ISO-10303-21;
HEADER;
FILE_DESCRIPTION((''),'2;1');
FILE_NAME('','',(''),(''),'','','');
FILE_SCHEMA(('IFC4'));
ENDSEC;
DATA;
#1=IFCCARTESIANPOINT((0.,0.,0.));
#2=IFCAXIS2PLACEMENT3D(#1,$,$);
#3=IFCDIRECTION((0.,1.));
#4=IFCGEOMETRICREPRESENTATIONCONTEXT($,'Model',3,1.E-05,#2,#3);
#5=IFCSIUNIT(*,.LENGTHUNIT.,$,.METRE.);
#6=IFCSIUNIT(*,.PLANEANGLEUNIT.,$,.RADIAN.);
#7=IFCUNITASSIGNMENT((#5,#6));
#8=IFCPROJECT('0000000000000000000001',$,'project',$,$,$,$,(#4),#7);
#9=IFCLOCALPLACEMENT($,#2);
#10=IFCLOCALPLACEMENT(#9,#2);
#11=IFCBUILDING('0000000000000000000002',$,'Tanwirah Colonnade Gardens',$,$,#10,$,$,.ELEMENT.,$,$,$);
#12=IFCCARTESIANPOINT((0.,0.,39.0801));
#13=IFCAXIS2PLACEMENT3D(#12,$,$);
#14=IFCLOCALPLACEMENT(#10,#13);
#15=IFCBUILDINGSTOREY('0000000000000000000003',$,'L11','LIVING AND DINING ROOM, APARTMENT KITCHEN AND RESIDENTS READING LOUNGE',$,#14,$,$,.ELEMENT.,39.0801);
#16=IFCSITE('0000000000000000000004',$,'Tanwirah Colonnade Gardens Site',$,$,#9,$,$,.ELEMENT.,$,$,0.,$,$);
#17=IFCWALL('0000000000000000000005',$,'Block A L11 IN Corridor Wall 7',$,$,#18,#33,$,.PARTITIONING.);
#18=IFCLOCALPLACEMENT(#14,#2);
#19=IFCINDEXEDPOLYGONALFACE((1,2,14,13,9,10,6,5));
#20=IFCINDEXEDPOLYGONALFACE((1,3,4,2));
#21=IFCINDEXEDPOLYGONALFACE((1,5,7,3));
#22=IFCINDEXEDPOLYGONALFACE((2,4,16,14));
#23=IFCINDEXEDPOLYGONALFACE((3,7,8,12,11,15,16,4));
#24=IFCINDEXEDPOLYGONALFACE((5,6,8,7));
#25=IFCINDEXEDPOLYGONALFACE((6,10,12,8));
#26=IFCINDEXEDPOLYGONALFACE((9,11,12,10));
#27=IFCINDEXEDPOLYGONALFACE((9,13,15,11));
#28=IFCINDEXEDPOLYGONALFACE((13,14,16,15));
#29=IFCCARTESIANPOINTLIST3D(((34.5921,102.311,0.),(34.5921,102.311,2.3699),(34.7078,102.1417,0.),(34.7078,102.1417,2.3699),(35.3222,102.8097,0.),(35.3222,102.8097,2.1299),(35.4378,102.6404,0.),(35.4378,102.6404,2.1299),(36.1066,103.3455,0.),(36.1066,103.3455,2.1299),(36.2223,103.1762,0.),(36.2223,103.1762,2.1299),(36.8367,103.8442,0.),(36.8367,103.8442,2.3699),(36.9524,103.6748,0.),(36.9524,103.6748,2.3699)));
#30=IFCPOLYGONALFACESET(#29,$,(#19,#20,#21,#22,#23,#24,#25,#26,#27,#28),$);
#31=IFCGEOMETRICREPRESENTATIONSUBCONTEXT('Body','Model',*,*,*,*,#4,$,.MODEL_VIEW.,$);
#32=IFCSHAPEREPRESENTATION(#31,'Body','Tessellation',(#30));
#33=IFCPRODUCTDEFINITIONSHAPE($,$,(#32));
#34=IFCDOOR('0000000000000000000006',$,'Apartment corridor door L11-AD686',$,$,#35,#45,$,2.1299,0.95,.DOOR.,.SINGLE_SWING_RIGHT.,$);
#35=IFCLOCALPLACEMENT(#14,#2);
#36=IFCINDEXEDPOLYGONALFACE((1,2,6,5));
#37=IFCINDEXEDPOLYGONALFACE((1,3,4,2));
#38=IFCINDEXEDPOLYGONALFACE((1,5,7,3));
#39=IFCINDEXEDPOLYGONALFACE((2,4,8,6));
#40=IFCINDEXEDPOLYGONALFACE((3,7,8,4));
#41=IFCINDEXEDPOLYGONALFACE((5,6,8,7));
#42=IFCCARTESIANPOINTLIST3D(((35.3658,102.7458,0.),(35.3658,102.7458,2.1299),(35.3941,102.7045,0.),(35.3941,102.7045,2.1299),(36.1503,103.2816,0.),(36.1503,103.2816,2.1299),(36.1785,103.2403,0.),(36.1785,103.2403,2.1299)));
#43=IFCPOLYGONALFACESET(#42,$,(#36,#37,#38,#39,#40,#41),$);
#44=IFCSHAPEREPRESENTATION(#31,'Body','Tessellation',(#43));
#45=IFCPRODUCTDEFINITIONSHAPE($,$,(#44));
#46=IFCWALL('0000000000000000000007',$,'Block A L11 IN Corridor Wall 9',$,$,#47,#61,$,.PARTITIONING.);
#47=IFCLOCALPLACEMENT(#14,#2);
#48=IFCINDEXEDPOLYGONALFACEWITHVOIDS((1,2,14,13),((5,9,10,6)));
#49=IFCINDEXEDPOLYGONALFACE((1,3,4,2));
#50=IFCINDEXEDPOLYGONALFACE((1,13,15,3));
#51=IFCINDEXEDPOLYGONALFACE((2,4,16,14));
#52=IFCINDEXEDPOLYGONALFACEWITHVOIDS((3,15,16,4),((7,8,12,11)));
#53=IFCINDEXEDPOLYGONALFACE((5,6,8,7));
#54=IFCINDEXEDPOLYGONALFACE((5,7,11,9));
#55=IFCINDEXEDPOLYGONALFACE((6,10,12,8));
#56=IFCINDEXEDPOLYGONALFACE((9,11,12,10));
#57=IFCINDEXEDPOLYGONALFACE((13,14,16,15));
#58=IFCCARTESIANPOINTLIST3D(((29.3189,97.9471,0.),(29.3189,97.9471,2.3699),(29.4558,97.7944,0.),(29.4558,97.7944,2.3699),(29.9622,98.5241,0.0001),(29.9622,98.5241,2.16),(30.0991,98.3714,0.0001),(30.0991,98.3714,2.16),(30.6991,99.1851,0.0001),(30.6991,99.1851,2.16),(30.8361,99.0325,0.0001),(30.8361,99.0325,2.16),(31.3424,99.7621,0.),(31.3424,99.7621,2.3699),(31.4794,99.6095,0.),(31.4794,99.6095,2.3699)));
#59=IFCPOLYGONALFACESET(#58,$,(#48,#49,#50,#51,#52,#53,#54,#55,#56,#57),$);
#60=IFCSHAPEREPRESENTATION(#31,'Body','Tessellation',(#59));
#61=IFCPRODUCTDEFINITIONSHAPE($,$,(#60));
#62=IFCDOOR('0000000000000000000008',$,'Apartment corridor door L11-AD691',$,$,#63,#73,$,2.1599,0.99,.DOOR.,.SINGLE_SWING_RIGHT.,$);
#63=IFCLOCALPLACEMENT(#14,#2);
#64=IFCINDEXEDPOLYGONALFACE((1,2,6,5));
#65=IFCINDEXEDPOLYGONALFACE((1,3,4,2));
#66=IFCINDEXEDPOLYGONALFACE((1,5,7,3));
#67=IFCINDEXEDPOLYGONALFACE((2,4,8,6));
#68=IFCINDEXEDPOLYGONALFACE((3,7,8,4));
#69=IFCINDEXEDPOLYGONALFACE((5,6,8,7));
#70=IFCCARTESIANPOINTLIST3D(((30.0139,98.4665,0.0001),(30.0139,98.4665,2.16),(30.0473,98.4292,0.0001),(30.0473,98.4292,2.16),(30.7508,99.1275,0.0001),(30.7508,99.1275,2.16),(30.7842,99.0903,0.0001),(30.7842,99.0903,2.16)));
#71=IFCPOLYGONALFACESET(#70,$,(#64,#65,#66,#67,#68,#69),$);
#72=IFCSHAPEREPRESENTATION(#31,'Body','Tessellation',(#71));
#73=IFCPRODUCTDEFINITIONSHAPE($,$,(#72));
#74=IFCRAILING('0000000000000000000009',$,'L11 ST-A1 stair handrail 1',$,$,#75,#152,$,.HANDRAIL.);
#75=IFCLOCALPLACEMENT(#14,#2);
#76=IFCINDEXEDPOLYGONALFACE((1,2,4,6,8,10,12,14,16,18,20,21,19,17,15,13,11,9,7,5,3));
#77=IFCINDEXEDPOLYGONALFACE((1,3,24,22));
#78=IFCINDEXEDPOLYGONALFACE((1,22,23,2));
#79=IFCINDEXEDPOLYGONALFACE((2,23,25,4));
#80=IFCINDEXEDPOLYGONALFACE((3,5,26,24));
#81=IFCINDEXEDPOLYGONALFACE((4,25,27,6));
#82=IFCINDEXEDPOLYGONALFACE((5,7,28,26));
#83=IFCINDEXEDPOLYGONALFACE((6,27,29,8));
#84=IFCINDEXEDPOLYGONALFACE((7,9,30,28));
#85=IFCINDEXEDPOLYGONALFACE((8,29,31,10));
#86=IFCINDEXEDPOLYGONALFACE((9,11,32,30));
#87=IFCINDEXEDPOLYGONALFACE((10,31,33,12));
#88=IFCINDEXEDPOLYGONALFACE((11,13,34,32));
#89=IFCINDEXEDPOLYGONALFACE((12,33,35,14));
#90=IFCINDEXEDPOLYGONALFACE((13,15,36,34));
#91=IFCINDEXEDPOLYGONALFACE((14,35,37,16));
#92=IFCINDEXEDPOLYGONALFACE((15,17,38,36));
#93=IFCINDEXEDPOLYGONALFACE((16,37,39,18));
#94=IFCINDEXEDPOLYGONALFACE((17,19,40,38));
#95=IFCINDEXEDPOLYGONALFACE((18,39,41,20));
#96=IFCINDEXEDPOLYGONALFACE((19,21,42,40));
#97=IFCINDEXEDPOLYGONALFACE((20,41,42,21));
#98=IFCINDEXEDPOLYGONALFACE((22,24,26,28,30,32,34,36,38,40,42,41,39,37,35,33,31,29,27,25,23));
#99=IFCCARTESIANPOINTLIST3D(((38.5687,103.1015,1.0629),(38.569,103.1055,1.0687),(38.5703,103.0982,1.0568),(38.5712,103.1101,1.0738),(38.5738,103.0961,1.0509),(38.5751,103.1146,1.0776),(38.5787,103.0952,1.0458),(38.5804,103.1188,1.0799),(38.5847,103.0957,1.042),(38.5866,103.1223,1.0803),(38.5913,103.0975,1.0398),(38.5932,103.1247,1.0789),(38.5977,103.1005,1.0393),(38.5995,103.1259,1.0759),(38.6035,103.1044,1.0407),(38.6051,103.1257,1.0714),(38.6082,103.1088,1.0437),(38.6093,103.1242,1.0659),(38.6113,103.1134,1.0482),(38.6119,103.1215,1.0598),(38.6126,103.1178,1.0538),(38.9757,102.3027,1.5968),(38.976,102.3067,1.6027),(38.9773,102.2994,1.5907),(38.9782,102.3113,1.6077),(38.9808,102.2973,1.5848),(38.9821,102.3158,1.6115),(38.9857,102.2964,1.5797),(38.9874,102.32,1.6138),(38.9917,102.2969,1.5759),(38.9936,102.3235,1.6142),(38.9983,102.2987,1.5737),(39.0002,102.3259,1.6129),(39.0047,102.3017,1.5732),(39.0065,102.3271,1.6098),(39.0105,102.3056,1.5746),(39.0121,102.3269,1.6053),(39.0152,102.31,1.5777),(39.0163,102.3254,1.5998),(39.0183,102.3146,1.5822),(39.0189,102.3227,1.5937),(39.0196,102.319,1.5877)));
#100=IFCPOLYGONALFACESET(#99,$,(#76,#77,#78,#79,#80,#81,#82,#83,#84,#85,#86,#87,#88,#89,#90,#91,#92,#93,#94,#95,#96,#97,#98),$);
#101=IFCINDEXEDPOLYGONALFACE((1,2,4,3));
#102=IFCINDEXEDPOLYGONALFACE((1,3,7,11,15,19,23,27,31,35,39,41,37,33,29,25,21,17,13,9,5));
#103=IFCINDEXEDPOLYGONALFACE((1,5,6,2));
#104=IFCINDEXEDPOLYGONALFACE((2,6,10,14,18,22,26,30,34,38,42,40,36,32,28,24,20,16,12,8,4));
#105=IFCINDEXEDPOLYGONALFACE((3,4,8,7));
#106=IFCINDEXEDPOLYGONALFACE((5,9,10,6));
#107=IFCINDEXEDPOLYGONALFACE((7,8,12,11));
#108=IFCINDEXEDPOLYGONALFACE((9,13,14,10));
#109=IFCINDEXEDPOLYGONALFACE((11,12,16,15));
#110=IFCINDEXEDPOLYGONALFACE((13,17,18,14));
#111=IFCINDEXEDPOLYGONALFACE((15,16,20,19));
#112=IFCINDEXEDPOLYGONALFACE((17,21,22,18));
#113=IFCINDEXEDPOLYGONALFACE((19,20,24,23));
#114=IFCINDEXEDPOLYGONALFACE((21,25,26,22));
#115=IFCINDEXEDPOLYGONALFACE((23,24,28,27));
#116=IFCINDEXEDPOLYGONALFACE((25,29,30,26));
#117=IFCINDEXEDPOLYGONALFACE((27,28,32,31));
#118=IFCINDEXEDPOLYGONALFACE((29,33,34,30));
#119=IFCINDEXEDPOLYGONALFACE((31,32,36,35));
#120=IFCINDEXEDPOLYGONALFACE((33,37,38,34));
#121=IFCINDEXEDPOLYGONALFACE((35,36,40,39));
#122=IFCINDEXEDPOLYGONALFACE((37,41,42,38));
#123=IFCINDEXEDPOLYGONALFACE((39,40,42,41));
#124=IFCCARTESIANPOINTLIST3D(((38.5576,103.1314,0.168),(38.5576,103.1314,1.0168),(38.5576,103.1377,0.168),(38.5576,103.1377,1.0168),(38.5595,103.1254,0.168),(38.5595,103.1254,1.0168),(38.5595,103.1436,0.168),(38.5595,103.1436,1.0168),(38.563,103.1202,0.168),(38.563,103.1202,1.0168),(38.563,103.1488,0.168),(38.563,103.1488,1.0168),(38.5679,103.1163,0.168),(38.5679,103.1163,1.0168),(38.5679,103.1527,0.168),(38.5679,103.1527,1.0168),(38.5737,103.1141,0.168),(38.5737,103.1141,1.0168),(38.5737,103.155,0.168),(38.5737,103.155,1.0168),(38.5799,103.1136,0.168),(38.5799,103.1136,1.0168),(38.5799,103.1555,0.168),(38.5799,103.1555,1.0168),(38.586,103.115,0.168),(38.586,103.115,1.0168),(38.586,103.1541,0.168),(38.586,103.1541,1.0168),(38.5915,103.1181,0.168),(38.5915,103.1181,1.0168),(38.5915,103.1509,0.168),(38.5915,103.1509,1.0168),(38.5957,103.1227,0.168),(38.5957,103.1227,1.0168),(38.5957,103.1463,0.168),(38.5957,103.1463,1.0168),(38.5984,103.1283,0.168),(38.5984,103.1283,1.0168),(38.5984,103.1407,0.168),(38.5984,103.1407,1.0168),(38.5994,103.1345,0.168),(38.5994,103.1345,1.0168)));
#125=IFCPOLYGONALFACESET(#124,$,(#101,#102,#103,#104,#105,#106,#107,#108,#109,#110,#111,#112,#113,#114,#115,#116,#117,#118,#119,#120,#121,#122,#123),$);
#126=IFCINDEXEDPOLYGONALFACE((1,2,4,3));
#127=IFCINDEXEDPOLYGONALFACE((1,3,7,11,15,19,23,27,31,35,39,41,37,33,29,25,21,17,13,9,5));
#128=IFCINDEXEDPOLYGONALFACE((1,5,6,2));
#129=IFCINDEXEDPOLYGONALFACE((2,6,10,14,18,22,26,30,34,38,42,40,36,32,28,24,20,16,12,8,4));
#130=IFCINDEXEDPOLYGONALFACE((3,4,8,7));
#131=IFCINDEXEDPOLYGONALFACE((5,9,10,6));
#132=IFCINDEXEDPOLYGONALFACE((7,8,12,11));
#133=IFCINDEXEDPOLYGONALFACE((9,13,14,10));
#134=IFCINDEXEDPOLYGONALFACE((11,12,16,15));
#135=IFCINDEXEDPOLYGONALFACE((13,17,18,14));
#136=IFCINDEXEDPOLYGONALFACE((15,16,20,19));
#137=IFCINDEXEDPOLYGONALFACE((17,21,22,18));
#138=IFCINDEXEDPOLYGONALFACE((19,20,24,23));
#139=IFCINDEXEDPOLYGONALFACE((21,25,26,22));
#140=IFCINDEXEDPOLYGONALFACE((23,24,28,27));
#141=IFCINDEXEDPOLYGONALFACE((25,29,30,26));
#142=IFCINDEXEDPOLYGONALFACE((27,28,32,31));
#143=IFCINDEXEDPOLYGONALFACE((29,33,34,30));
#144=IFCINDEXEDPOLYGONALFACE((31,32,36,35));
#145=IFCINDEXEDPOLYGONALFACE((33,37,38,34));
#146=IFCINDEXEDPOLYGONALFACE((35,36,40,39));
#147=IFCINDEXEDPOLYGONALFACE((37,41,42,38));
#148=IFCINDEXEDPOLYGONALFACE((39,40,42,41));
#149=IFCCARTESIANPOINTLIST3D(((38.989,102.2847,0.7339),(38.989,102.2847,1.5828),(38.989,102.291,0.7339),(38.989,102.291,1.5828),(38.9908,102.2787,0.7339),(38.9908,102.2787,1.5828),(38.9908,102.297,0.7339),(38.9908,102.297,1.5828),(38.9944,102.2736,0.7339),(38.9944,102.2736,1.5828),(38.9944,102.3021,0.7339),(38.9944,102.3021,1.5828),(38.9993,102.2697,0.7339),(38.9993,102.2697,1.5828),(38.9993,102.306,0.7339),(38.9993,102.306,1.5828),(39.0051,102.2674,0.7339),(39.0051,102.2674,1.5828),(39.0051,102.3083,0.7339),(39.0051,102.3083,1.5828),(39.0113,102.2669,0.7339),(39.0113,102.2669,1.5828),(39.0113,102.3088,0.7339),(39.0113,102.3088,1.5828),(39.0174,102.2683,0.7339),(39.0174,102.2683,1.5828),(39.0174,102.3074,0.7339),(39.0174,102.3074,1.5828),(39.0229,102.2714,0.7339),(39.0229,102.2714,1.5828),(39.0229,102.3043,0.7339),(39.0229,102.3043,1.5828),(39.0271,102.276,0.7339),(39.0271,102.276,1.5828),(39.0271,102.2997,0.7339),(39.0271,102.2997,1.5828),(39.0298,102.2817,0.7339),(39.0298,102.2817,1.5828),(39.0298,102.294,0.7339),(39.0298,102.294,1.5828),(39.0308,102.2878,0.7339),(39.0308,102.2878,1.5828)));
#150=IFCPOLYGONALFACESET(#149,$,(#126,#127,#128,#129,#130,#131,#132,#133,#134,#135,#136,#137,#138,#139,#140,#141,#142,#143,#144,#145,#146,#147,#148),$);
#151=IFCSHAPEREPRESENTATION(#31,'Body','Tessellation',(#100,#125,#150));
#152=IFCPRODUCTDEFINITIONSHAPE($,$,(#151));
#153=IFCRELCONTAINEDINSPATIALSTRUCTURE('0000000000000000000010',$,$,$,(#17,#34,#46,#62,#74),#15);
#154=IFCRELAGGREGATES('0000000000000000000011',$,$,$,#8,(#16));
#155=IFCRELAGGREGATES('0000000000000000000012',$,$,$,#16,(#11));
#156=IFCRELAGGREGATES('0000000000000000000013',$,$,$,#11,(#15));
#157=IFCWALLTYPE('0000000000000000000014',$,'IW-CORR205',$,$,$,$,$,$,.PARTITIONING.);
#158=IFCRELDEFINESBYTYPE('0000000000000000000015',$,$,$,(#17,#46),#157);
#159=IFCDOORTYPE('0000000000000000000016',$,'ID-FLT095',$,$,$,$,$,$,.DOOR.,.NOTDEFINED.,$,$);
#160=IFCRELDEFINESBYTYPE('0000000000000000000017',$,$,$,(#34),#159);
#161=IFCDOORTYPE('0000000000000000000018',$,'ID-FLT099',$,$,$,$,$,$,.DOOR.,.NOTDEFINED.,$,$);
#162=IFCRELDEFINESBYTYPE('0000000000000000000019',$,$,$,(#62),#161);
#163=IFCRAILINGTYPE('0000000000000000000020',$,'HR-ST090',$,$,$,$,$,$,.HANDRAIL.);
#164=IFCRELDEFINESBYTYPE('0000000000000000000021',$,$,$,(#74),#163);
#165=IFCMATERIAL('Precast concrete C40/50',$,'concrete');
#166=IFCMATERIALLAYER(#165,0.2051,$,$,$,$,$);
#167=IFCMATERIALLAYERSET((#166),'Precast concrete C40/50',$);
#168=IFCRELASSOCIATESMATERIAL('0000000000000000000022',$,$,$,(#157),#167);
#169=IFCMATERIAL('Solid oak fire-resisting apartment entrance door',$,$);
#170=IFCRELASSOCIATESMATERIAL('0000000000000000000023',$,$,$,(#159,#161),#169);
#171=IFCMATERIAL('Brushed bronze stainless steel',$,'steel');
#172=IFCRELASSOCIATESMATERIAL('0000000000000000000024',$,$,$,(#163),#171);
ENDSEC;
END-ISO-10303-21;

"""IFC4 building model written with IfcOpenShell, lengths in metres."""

from ifc_helpers import new_model, si_unit, direction, frame, frame_2d, origin, origin_2d, place, context, subcontext, project, spatial, rectangle, circle, extrude, material, layer, layer_set, type_object, element, fill, save


model = new_model("IFC4")

# Units and contexts
model_context = context("Model", 3, precision=1e-05, world=origin(), true_north=direction((0.0, 1.0)))
body_context = subcontext(model_context, "Body", "Model", "MODEL_VIEW")
ifc_project = project(units=[si_unit("LENGTHUNIT", "METRE"), si_unit("PLANEANGLEUNIT", "RADIAN")], contexts=[model_context])

# Site, building, storey
site_placement = place(None, origin())
site = spatial("IfcSite", under=ifc_project, at=site_placement, Name="Tanwirah Colonnade Gardens Site", CompositionType="ELEMENT", RefElevation=0.0)
building_placement = place(site_placement, origin())
building = spatial("IfcBuilding", under=site, at=building_placement, Name="Tanwirah Colonnade Gardens", CompositionType="ELEMENT")
storey_placement = place(building_placement, frame((0.0, 0.0, 39.0801)))
storey = spatial("IfcBuildingStorey", under=building, at=storey_placement, Name="L11", Description="LIVING AND DINING ROOM, APARTMENT KITCHEN AND RESIDENTS READING LOUNGE", CompositionType="ELEMENT", Elevation=39.0801)

# Shared definitions
ifc_material_1 = material(Name="Precast concrete C40/50", Category="concrete")

# Walls, openings, doors
ifc_layer = layer(ifc_material_1, 0.2051)
ifc_layer_set = layer_set([ifc_layer], Name="Precast concrete C40/50")
wall_type = type_object("IfcWallType", Name="IW-CORR205", PredefinedType="PARTITIONING", material=ifc_layer_set)
wall_1_placement = place(storey_placement, frame((36.8945, 103.7595, 0.0), z_axis=(0.0, 0.0, 1.0), x_axis=(-0.825752, -0.564033, 0.0)))
wall_1 = element("IfcWall", 1, at=wall_1_placement, inside=storey, type_object=wall_type, Name="Block A L11 IN Corridor Wall 7", PredefinedType="PARTITIONING", context=body_context, shape_type="SweptSolid", body=[
    extrude(rectangle(XDim=2.7183, YDim=0.2051, at=frame_2d((1.3591, 0.0))), origin(), (0.0, 0.0, 1.0), 2.3699),
])
opening_1_placement = place(wall_1_placement, frame((0.884, 0.0, 0.0)))
opening_1 = element("IfcOpeningElement", 2, at=opening_1_placement, cuts=wall_1, PredefinedType="OPENING", context=body_context, shape_type="SweptSolid", body=[
    extrude(rectangle(XDim=0.95, YDim=2.1299, at=frame_2d((0.4751, 1.0649))), frame((0.0, 0.1125, 0.0), z_axis=(0.0, -1.0, 0.0), x_axis=(1.0, 0.0, 0.0)), (0.0, 0.0, 1.0), 0.2251),
])
ifc_material_2 = material(Name="Solid oak fire-resisting apartment entrance door")
door_type_1 = type_object("IfcDoorType", Name="ID-FLT095", OperationType="NOTDEFINED", PredefinedType="DOOR", material=ifc_material_2)
door_1_placement = place(opening_1_placement, origin())
door_1 = element("IfcDoor", 3, at=door_1_placement, inside=storey, type_object=door_type_1, Name="Apartment corridor door L11-AD686", OperationType="SINGLE_SWING_RIGHT", OverallHeight=2.1299, OverallWidth=0.95, PredefinedType="DOOR", context=body_context, shape_type="SweptSolid", body=[
    extrude(rectangle(XDim=0.95, YDim=2.1299, at=frame_2d((0.4751, 1.0649))), frame((0.0, 0.0249, 0.0), z_axis=(0.0, -1.0, 0.0), x_axis=(1.0, 0.0, 0.0)), (0.0, 0.0, 1.0), 0.05),
])
fill(opening_1, door_1)
wall_2_placement = place(storey_placement, frame((31.4109, 99.6858, 0.0), z_axis=(0.0, 0.0, 1.0), x_axis=(-0.744419, -0.667713, 0.0)))
wall_2 = element("IfcWall", 4, at=wall_2_placement, inside=storey, type_object=wall_type, Name="Block A L11 IN Corridor Wall 9", PredefinedType="PARTITIONING", context=body_context, shape_type="SweptSolid", body=[
    extrude(rectangle(XDim=2.7183, YDim=0.2051, at=frame_2d((1.3591, 0.0))), origin(), (0.0, 0.0, 1.0), 2.3699),
])
opening_2_placement = place(wall_2_placement, frame((0.864, 0.0, 0.0)))
opening_2 = element("IfcOpeningElement", 5, at=opening_2_placement, cuts=wall_2, PredefinedType="OPENING", context=body_context, shape_type="SweptSolid", body=[
    extrude(rectangle(XDim=0.99, YDim=2.1599, at=frame_2d((0.4951, 1.0801))), frame((0.0, 0.1125, 0.0), z_axis=(0.0, -1.0, 0.0), x_axis=(1.0, 0.0, 0.0)), (0.0, 0.0, 1.0), 0.2251),
])
door_type_2 = type_object("IfcDoorType", Name="ID-FLT099", OperationType="NOTDEFINED", PredefinedType="DOOR", material=ifc_material_2)
door_2_placement = place(opening_2_placement, origin())
door_2 = element("IfcDoor", 6, at=door_2_placement, inside=storey, type_object=door_type_2, Name="Apartment corridor door L11-AD691", OperationType="SINGLE_SWING_RIGHT", OverallHeight=2.1599, OverallWidth=0.99, PredefinedType="DOOR", context=body_context, shape_type="SweptSolid", body=[
    extrude(rectangle(XDim=0.99, YDim=2.1599, at=frame_2d((0.4951, 1.0801))), frame((0.0, 0.0249, 0.0), z_axis=(0.0, -1.0, 0.0), x_axis=(1.0, 0.0, 0.0)), (0.0, 0.0, 1.0), 0.05),
])
fill(opening_2, door_2)

# Railing
ifc_material_3 = material(Name="Brushed bronze stainless steel", Category="steel")
railing_type = type_object("IfcRailingType", Name="HR-ST090", PredefinedType="HANDRAIL", material=ifc_material_3)
railing_placement = place(storey_placement, frame((38.5784, 103.1345, 0.168)))
element("IfcRailing", 7, at=railing_placement, inside=storey, type_object=railing_type, Name="L11 ST-A1 stair handrail 1", PredefinedType="HANDRAIL", context=body_context, shape_type="SweptSolid", body=[
    extrude(circle(Radius=0.0239, at=origin_2d()), frame((0.0122, -0.0239, 0.8918), z_axis=(0.390052, -0.765534, 0.511681), x_axis=(0.89101, 0.453984, 0.0)), (0.0, 0.0, 1.0), 1.0435),
    extrude(circle(Radius=0.021, at=origin_2d()), origin(), (0.0, 0.0, 1.0), 0.8489),
    extrude(circle(Radius=0.021, at=origin_2d()), frame((0.4314, -0.8467, 0.5659)), (0.0, 0.0, 1.0), 0.8489),
])

save(model, "model.ifc")
